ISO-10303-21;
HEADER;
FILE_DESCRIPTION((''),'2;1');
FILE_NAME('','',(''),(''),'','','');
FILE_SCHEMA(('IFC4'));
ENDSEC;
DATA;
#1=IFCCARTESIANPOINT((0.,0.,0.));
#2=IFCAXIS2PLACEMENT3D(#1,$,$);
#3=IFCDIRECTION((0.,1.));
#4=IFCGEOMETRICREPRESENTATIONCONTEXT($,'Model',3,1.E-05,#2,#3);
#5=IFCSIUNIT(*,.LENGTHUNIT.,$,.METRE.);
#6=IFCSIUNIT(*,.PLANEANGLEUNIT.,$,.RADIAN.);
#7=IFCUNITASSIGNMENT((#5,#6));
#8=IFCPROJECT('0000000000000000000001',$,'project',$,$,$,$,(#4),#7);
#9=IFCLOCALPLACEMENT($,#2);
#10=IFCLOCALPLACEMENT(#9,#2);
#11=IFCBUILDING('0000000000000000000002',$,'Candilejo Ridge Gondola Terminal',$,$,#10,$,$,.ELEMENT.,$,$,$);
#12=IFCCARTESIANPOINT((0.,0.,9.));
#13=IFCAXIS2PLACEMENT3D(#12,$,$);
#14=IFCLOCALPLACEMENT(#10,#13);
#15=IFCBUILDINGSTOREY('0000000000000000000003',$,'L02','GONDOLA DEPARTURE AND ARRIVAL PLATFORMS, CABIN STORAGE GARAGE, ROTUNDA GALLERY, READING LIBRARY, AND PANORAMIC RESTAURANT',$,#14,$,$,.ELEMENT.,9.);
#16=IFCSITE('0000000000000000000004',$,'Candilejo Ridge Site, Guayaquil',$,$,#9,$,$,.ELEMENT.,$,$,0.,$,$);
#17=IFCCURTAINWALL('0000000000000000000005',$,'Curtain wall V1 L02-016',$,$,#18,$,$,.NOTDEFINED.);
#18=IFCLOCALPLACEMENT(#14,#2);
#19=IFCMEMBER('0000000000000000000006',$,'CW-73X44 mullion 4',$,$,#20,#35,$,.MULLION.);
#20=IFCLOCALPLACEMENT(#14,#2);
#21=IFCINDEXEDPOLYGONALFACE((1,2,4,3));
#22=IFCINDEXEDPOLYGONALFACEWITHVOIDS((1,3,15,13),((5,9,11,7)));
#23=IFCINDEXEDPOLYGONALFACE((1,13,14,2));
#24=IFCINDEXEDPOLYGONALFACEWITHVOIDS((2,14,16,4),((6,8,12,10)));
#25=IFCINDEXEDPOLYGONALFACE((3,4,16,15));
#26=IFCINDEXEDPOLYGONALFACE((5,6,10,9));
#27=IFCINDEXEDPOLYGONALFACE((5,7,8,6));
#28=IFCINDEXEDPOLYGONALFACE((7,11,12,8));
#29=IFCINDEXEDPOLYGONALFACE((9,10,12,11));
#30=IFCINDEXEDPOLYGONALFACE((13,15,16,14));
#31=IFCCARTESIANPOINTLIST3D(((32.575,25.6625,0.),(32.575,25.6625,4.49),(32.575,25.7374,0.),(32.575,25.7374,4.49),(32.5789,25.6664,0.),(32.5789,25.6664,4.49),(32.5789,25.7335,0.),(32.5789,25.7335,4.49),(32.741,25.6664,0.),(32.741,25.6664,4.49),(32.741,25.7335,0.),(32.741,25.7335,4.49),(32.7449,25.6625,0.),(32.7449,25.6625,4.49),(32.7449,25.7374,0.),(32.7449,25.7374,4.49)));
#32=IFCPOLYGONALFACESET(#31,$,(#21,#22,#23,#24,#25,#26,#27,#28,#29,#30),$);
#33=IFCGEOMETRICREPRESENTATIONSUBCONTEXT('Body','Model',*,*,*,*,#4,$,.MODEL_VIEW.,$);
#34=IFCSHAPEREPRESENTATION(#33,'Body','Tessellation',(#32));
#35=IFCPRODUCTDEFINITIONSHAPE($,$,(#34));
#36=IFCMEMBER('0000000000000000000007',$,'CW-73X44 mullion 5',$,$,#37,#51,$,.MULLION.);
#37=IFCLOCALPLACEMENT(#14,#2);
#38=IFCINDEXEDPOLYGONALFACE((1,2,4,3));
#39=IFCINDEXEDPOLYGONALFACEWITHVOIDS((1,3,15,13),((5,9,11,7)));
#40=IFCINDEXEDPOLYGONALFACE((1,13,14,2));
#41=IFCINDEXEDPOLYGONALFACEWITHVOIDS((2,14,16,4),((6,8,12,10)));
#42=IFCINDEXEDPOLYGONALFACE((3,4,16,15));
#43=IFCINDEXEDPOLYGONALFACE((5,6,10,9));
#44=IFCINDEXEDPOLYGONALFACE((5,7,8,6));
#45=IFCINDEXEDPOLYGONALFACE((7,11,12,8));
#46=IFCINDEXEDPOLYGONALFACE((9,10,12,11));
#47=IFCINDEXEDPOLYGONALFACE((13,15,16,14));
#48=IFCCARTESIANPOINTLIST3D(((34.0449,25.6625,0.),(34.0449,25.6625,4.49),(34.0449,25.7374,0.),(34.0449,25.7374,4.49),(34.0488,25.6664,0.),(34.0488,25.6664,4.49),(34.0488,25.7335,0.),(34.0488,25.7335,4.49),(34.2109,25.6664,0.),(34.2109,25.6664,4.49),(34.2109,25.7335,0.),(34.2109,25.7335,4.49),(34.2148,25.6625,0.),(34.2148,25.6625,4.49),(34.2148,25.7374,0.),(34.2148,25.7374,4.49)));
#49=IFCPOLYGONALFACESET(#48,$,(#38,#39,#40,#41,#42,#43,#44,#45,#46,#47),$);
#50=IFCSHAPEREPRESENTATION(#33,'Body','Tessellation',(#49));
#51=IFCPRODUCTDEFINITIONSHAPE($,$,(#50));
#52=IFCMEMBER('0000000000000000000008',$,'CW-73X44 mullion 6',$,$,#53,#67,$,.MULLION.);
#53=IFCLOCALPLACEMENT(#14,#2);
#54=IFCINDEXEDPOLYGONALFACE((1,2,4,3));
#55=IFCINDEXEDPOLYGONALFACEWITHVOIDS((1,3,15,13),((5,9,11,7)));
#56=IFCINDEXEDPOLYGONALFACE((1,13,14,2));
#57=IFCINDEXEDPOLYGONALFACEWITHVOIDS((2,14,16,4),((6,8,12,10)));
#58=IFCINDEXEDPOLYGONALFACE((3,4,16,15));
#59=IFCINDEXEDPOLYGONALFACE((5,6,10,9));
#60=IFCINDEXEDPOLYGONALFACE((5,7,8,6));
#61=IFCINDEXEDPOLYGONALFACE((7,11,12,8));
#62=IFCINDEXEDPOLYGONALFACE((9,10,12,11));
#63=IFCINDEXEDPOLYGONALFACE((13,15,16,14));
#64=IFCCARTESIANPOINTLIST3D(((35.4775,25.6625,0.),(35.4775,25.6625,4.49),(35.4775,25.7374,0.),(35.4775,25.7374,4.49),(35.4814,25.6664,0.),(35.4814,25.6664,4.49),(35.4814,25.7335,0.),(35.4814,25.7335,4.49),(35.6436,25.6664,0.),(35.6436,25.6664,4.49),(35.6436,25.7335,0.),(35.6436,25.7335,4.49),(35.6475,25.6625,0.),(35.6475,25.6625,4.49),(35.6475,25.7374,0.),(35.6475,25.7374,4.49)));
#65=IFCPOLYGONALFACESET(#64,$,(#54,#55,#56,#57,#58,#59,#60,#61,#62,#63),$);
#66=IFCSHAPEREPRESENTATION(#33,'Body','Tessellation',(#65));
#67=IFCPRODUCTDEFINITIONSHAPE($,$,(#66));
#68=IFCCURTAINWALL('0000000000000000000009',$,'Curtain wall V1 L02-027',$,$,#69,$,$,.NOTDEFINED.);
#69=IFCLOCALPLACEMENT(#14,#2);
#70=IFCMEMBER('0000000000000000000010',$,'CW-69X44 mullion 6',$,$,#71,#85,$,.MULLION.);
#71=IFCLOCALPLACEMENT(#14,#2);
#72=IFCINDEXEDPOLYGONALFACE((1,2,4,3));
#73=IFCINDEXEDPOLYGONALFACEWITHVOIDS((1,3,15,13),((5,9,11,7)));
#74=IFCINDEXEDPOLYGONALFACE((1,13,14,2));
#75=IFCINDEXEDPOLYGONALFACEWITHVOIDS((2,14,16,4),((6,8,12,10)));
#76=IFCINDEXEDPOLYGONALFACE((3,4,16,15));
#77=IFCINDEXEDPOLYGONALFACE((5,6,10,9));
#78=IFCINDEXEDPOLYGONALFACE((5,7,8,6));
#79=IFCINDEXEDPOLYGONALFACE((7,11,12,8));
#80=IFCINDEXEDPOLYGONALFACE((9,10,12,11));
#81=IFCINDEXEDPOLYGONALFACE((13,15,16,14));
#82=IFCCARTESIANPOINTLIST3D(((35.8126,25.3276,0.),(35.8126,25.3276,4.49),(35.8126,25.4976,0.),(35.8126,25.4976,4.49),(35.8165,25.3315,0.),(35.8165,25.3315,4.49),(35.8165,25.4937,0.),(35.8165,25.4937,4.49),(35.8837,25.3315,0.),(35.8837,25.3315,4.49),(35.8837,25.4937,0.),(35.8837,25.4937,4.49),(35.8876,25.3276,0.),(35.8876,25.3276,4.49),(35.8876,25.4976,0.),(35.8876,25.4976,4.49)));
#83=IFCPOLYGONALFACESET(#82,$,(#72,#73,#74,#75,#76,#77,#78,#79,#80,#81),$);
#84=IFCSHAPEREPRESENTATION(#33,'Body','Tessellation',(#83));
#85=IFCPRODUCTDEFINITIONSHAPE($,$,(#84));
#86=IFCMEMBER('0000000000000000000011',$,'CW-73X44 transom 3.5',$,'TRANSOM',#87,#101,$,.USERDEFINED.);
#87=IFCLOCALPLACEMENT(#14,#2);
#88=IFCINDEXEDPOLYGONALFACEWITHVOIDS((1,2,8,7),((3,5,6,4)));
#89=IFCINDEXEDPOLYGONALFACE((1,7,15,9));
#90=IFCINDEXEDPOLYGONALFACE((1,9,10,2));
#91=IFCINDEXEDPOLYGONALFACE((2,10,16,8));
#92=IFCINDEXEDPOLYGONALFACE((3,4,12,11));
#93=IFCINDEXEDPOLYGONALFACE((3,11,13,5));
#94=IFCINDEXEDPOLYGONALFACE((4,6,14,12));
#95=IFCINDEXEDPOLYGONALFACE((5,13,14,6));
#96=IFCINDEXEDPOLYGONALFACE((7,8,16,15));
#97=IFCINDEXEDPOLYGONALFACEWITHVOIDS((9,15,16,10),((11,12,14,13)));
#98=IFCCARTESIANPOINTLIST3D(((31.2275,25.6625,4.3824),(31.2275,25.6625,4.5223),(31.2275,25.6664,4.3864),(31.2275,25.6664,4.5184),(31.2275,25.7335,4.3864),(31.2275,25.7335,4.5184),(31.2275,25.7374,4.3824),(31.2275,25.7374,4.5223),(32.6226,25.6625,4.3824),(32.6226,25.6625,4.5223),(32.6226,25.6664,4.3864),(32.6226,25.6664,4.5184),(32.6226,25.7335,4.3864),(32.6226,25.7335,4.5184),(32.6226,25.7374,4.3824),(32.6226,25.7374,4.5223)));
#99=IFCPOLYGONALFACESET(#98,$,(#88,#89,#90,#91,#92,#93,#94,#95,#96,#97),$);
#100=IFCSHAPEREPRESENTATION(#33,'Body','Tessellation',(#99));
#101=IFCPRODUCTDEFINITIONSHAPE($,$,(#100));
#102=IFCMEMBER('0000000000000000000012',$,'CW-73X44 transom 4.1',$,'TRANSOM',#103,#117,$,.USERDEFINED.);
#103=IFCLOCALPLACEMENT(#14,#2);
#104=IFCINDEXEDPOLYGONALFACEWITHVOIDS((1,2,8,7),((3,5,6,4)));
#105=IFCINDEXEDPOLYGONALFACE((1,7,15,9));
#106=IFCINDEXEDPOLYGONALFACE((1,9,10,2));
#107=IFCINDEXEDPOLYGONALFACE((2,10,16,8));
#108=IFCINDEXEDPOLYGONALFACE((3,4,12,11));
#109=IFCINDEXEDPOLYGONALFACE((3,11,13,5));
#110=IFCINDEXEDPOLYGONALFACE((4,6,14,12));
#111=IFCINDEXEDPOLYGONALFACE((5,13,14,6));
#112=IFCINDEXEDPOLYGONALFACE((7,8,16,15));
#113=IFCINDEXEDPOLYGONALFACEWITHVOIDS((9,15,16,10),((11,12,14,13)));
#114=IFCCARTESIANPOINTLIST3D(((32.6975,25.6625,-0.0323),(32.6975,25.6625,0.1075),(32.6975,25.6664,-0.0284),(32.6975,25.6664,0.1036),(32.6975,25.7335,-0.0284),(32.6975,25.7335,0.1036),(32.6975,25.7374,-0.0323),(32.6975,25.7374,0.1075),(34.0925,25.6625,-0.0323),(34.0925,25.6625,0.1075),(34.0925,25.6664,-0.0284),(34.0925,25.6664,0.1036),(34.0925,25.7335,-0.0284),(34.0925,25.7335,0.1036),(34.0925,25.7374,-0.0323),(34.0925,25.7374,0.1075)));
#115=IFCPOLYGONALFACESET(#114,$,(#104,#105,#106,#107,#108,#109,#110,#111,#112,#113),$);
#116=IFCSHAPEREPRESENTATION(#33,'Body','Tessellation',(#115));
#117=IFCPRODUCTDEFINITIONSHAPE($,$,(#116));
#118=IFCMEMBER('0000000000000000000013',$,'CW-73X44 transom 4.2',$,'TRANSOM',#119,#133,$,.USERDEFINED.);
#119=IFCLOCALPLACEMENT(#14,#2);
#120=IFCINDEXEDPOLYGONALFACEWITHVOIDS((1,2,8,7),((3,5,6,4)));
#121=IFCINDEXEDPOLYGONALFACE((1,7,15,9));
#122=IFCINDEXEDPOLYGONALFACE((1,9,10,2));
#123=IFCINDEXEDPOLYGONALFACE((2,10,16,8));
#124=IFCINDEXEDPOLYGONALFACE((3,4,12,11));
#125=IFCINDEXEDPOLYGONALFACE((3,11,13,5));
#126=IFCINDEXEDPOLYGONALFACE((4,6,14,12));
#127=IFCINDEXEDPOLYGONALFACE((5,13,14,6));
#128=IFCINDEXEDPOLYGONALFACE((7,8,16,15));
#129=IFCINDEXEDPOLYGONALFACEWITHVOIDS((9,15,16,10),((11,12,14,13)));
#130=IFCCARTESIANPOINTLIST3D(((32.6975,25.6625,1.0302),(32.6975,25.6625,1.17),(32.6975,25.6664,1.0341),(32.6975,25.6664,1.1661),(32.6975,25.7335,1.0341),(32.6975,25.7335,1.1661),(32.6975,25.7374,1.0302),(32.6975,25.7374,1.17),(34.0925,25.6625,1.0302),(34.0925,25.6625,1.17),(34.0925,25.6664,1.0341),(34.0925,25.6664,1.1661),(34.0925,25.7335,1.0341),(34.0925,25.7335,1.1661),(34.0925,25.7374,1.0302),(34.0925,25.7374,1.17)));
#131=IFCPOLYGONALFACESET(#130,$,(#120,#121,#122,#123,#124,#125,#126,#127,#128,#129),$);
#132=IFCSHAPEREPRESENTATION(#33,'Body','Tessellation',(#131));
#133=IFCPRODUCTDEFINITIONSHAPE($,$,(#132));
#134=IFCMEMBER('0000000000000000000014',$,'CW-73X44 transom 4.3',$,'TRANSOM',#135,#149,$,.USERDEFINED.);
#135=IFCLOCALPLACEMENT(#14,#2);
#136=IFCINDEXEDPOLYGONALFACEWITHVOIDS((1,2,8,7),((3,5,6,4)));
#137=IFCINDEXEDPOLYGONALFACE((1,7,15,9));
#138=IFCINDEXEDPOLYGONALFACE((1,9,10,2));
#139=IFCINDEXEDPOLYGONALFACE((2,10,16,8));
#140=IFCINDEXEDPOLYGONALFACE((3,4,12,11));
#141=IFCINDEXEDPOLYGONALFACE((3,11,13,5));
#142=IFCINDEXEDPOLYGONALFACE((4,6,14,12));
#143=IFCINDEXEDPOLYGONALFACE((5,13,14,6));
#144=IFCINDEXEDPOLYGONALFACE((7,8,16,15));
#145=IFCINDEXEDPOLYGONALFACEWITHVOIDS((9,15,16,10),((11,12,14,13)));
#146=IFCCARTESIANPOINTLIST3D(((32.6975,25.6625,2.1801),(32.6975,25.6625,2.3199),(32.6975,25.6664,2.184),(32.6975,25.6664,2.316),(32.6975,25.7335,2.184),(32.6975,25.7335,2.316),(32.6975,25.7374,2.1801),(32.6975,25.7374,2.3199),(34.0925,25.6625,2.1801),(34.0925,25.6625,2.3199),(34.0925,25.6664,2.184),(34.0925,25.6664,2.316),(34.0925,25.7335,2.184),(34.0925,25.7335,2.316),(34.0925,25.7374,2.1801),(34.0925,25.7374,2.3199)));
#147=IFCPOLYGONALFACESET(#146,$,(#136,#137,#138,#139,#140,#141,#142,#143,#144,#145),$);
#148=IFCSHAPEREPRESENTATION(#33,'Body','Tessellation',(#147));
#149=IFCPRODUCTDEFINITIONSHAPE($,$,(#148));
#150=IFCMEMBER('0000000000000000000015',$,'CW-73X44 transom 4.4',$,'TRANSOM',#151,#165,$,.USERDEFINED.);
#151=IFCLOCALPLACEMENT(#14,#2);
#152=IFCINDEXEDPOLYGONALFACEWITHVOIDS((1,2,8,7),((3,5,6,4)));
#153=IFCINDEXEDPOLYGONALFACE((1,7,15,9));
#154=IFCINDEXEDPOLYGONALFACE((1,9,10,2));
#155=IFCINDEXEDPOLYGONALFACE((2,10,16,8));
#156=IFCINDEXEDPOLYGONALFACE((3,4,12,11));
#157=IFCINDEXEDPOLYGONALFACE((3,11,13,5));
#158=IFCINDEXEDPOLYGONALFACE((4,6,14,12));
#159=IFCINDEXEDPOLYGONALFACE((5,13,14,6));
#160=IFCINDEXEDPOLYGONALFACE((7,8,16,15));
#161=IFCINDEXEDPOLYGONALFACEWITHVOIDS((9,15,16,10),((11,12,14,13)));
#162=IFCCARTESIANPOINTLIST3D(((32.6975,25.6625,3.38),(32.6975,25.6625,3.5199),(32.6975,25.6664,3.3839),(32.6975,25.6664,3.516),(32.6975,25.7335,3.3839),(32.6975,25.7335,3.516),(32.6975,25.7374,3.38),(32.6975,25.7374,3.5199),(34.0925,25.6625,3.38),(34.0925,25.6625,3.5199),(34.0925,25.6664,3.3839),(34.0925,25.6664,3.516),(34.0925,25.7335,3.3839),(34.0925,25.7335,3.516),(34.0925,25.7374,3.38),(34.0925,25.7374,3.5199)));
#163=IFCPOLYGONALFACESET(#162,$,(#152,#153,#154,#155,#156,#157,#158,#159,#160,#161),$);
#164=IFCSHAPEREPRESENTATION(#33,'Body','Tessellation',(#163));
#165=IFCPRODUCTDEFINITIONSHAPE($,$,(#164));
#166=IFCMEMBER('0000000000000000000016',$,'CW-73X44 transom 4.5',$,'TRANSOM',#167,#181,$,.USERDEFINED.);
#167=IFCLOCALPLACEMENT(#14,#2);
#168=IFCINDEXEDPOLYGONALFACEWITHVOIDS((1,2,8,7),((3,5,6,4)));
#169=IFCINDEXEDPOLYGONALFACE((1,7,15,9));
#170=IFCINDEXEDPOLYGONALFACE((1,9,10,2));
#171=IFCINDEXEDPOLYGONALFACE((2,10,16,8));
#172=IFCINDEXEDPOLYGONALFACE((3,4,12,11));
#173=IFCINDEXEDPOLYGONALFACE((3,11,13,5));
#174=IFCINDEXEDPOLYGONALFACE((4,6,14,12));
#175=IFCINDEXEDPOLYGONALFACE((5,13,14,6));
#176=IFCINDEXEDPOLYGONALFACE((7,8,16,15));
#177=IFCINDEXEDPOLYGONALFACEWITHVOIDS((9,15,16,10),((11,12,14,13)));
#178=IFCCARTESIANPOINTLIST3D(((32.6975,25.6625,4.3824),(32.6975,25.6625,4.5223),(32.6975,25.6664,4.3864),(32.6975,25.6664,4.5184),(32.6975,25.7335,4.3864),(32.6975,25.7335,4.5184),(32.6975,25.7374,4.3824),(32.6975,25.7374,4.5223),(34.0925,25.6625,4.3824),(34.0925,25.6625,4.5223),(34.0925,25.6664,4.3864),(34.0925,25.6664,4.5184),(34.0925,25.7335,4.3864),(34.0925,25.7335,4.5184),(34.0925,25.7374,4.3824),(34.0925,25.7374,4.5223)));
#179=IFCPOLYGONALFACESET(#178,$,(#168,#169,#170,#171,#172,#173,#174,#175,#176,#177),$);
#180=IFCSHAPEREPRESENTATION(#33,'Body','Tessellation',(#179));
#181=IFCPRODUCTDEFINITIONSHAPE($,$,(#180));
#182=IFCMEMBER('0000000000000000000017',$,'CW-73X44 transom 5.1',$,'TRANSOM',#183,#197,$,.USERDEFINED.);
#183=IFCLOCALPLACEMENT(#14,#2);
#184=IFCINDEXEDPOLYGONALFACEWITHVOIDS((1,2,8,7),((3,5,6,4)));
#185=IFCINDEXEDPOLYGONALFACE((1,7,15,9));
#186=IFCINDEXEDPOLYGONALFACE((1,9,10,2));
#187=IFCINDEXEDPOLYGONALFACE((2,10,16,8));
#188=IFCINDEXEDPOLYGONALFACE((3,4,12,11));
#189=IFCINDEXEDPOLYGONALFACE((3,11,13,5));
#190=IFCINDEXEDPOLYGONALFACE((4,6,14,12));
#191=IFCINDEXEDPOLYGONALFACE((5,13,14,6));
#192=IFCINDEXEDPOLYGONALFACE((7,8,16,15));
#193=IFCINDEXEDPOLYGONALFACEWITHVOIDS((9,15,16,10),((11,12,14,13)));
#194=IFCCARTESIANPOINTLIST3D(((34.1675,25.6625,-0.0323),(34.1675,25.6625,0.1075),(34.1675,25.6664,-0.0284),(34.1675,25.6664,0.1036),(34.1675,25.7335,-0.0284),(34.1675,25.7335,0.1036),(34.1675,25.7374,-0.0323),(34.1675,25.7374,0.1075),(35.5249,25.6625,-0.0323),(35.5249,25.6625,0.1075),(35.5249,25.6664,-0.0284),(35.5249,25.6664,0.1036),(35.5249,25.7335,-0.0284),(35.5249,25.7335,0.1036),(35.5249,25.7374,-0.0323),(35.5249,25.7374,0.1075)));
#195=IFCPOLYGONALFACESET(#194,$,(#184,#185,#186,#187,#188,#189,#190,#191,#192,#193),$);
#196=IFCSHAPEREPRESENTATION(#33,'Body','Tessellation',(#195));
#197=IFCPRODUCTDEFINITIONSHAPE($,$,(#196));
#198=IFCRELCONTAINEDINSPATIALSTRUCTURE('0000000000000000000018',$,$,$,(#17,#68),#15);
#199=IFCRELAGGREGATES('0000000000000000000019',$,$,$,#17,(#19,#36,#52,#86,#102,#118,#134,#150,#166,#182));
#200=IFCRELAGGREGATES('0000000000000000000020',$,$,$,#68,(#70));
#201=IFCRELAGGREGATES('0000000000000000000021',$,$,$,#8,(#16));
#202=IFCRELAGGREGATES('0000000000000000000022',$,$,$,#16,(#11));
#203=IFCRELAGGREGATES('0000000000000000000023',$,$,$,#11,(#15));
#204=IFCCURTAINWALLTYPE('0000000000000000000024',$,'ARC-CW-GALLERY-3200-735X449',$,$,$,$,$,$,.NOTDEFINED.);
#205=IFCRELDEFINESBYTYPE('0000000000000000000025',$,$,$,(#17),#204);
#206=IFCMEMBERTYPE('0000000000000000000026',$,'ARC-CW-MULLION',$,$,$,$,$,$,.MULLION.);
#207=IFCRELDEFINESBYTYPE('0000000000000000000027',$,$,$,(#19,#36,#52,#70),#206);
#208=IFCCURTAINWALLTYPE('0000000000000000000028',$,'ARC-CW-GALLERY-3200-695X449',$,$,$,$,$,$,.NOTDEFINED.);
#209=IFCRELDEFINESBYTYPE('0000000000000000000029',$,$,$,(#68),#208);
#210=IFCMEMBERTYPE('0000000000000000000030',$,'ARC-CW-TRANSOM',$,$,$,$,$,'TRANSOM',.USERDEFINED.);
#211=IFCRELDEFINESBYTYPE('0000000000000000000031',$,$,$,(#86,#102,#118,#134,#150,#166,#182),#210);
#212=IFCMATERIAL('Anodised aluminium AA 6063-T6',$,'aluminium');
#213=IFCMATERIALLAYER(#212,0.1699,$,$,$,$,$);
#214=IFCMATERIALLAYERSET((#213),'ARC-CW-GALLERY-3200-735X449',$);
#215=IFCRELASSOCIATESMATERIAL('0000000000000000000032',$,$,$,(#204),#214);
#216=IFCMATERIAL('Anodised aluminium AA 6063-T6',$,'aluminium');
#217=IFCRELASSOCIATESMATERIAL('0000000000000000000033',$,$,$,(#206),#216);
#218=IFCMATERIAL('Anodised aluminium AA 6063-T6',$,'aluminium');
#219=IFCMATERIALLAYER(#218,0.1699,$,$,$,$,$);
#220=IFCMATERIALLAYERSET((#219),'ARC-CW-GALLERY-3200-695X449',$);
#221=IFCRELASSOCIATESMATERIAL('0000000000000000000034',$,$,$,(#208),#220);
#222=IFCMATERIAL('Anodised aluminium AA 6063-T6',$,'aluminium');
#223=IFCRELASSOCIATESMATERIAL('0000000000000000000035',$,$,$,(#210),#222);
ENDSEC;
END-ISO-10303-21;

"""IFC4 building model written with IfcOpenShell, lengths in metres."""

from ifc_helpers import new_model, si_unit, direction, frame, origin, origin_2d, place, context, subcontext, project, spatial, hollow_rectangle, extrude, material, layer, layer_set, material_profile, profile_set, type_object, element, aggregate, save


model = new_model("IFC4")

# Units and contexts
model_context = context("Model", 3, precision=1e-05, world=origin(), true_north=direction((0.0, 1.0)))
body_context = subcontext(model_context, "Body", "Model", "MODEL_VIEW")
ifc_project = project(units=[si_unit("LENGTHUNIT", "METRE"), si_unit("PLANEANGLEUNIT", "RADIAN")], contexts=[model_context])

# Site, building, storey
site_placement = place(None, origin())
site = spatial("IfcSite", under=ifc_project, at=site_placement, Name="Candilejo Ridge Site, Guayaquil", CompositionType="ELEMENT", RefElevation=0.0)
building_placement = place(site_placement, origin())
building = spatial("IfcBuilding", under=site, at=building_placement, Name="Candilejo Ridge Gondola Terminal", CompositionType="ELEMENT")
storey_placement = place(building_placement, frame((0.0, 0.0, 9.0)))
storey = spatial("IfcBuildingStorey", under=building, at=storey_placement, Name="L02", Description="GONDOLA DEPARTURE AND ARRIVAL PLATFORMS, CABIN STORAGE GARAGE, ROTUNDA GALLERY, READING LIBRARY, AND PANORAMIC RESTAURANT", CompositionType="ELEMENT", Elevation=9.0)

# Curtain wall, members
ifc_material_1 = material(Name="Anodised aluminium AA 6063-T6", Category="aluminium")
ifc_layer_1 = layer(ifc_material_1, 0.1699)
ifc_layer_set_1 = layer_set([ifc_layer_1], Name="ARC-CW-GALLERY-3200-735X449")
curtain_wall_type_1 = type_object("IfcCurtainWallType", Name="ARC-CW-GALLERY-3200-735X449", PredefinedType="NOTDEFINED", material=ifc_layer_set_1)
curtain_wall_1_placement = place(storey_placement, origin())
curtain_wall_1 = element("IfcCurtainWall", 1, at=curtain_wall_1_placement, inside=storey, type_object=curtain_wall_type_1, Name="Curtain wall V1 L02-016", PredefinedType="NOTDEFINED")
ifc_material_2 = material(Name="Anodised aluminium AA 6063-T6", Category="aluminium")
ifc_material_profile_1 = material_profile(ifc_material_2, hollow_rectangle(XDim=0.075, YDim=0.1699, WallThickness=0.0039, at=origin_2d()))
ifc_profile_set_1 = profile_set([ifc_material_profile_1], Name="Anodised aluminium AA 6063-T6")
member_type_1 = type_object("IfcMemberType", Name="ARC-CW-MULLION", PredefinedType="MULLION", material=ifc_profile_set_1)
member_1_placement = place(storey_placement, frame((32.6599, 25.7, 0.0), z_axis=(0.0, 0.0, 1.0), x_axis=(0.0, 1.0, 0.0)))
member_1 = element("IfcMember", 2, at=member_1_placement, type_object=member_type_1, Name="CW-73X44 mullion 4", PredefinedType="MULLION", context=body_context, shape_type="SweptSolid", body=[
    extrude(hollow_rectangle(XDim=0.075, YDim=0.1699, WallThickness=0.0039, at=origin_2d()), origin(), (0.0, 0.0, 1.0), 4.49),
])
member_2_placement = place(storey_placement, frame((34.1299, 25.7, 0.0), z_axis=(0.0, 0.0, 1.0), x_axis=(0.0, 1.0, 0.0)))
member_2 = element("IfcMember", 3, at=member_2_placement, type_object=member_type_1, Name="CW-73X44 mullion 5", PredefinedType="MULLION", context=body_context, shape_type="SweptSolid", body=[
    extrude(hollow_rectangle(XDim=0.075, YDim=0.1699, WallThickness=0.0039, at=origin_2d()), origin(), (0.0, 0.0, 1.0), 4.49),
])
member_3_placement = place(storey_placement, frame((35.5625, 25.7, 0.0), z_axis=(0.0, 0.0, 1.0), x_axis=(0.0, 1.0, 0.0)))
member_3 = element("IfcMember", 4, at=member_3_placement, type_object=member_type_1, Name="CW-73X44 mullion 6", PredefinedType="MULLION", context=body_context, shape_type="SweptSolid", body=[
    extrude(hollow_rectangle(XDim=0.075, YDim=0.1699, WallThickness=0.0039, at=origin_2d()), origin(), (0.0, 0.0, 1.0), 4.49),
])

# Curtain wall, member
ifc_material_3 = material(Name="Anodised aluminium AA 6063-T6", Category="aluminium")
ifc_layer_2 = layer(ifc_material_3, 0.1699)
ifc_layer_set_2 = layer_set([ifc_layer_2], Name="ARC-CW-GALLERY-3200-695X449")
curtain_wall_type_2 = type_object("IfcCurtainWallType", Name="ARC-CW-GALLERY-3200-695X449", PredefinedType="NOTDEFINED", material=ifc_layer_set_2)
curtain_wall_2_placement = place(storey_placement, origin())
curtain_wall_2 = element("IfcCurtainWall", 5, at=curtain_wall_2_placement, inside=storey, type_object=curtain_wall_type_2, Name="Curtain wall V1 L02-027", PredefinedType="NOTDEFINED")
member_4_placement = place(storey_placement, frame((35.8501, 25.4126, 0.0), z_axis=(0.0, 0.0, 1.0), x_axis=(-1.0, 0.0, 0.0)))
member_4 = element("IfcMember", 6, at=member_4_placement, type_object=member_type_1, Name="CW-69X44 mullion 6", PredefinedType="MULLION", context=body_context, shape_type="SweptSolid", body=[
    extrude(hollow_rectangle(XDim=0.075, YDim=0.1699, WallThickness=0.0039, at=origin_2d()), origin(), (0.0, 0.0, 1.0), 4.49),
])

# Members
ifc_material_4 = material(Name="Anodised aluminium AA 6063-T6", Category="aluminium")
ifc_material_profile_2 = material_profile(ifc_material_4, hollow_rectangle(XDim=0.075, YDim=0.1399, WallThickness=0.0039, at=origin_2d()))
ifc_profile_set_2 = profile_set([ifc_material_profile_2], Name="Anodised aluminium AA 6063-T6")
member_type_2 = type_object("IfcMemberType", Name="ARC-CW-TRANSOM", ElementType="TRANSOM", PredefinedType="USERDEFINED", material=ifc_profile_set_2)
member_5_placement = place(storey_placement, frame((31.2275, 25.7, 4.4524), z_axis=(1.0, 0.0, 0.0), x_axis=(0.0, 1.0, 0.0)))
member_5 = element("IfcMember", 7, at=member_5_placement, type_object=member_type_2, Name="CW-73X44 transom 3.5", ObjectType="TRANSOM", PredefinedType="USERDEFINED", context=body_context, shape_type="SweptSolid", body=[
    extrude(hollow_rectangle(XDim=0.075, YDim=0.1399, WallThickness=0.0039, at=origin_2d()), origin(), (0.0, 0.0, 1.0), 1.395),
])
member_6_placement = place(storey_placement, frame((32.6975, 25.7, 0.0376), z_axis=(1.0, 0.0, 0.0), x_axis=(0.0, 1.0, 0.0)))
member_6 = element("IfcMember", 8, at=member_6_placement, type_object=member_type_2, Name="CW-73X44 transom 4.1", ObjectType="TRANSOM", PredefinedType="USERDEFINED", context=body_context, shape_type="SweptSolid", body=[
    extrude(hollow_rectangle(XDim=0.075, YDim=0.1399, WallThickness=0.0039, at=origin_2d()), origin(), (0.0, 0.0, 1.0), 1.395),
])
member_7_placement = place(storey_placement, frame((32.6975, 25.7, 1.1001), z_axis=(1.0, 0.0, 0.0), x_axis=(0.0, 1.0, 0.0)))
member_7 = element("IfcMember", 9, at=member_7_placement, type_object=member_type_2, Name="CW-73X44 transom 4.2", ObjectType="TRANSOM", PredefinedType="USERDEFINED", context=body_context, shape_type="SweptSolid", body=[
    extrude(hollow_rectangle(XDim=0.075, YDim=0.1399, WallThickness=0.0039, at=origin_2d()), origin(), (0.0, 0.0, 1.0), 1.395),
])
member_8_placement = place(storey_placement, frame((32.6975, 25.7, 2.25), z_axis=(1.0, 0.0, 0.0), x_axis=(0.0, 1.0, 0.0)))
member_8 = element("IfcMember", 10, at=member_8_placement, type_object=member_type_2, Name="CW-73X44 transom 4.3", ObjectType="TRANSOM", PredefinedType="USERDEFINED", context=body_context, shape_type="SweptSolid", body=[
    extrude(hollow_rectangle(XDim=0.075, YDim=0.1399, WallThickness=0.0039, at=origin_2d()), origin(), (0.0, 0.0, 1.0), 1.395),
])
member_9_placement = place(storey_placement, frame((32.6975, 25.7, 3.45), z_axis=(1.0, 0.0, 0.0), x_axis=(0.0, 1.0, 0.0)))
member_9 = element("IfcMember", 11, at=member_9_placement, type_object=member_type_2, Name="CW-73X44 transom 4.4", ObjectType="TRANSOM", PredefinedType="USERDEFINED", context=body_context, shape_type="SweptSolid", body=[
    extrude(hollow_rectangle(XDim=0.075, YDim=0.1399, WallThickness=0.0039, at=origin_2d()), origin(), (0.0, 0.0, 1.0), 1.395),
])
member_10_placement = place(storey_placement, frame((32.6975, 25.7, 4.4524), z_axis=(1.0, 0.0, 0.0), x_axis=(0.0, 1.0, 0.0)))
member_10 = element("IfcMember", 12, at=member_10_placement, type_object=member_type_2, Name="CW-73X44 transom 4.5", ObjectType="TRANSOM", PredefinedType="USERDEFINED", context=body_context, shape_type="SweptSolid", body=[
    extrude(hollow_rectangle(XDim=0.075, YDim=0.1399, WallThickness=0.0039, at=origin_2d()), origin(), (0.0, 0.0, 1.0), 1.395),
])
member_11_placement = place(storey_placement, frame((34.1675, 25.7, 0.0376), z_axis=(1.0, 0.0, 0.0), x_axis=(0.0, 1.0, 0.0)))
member_11 = element("IfcMember", 13, at=member_11_placement, type_object=member_type_2, Name="CW-73X44 transom 5.1", ObjectType="TRANSOM", PredefinedType="USERDEFINED", context=body_context, shape_type="SweptSolid", body=[
    extrude(hollow_rectangle(XDim=0.075, YDim=0.1399, WallThickness=0.0039, at=origin_2d()), origin(), (0.0, 0.0, 1.0), 1.3574),
])

aggregate(curtain_wall_1, [member_1, member_2, member_3, member_5, member_6, member_7, member_8, member_9, member_10, member_11])
aggregate(curtain_wall_2, [member_4])

save(model, "model.ifc")
